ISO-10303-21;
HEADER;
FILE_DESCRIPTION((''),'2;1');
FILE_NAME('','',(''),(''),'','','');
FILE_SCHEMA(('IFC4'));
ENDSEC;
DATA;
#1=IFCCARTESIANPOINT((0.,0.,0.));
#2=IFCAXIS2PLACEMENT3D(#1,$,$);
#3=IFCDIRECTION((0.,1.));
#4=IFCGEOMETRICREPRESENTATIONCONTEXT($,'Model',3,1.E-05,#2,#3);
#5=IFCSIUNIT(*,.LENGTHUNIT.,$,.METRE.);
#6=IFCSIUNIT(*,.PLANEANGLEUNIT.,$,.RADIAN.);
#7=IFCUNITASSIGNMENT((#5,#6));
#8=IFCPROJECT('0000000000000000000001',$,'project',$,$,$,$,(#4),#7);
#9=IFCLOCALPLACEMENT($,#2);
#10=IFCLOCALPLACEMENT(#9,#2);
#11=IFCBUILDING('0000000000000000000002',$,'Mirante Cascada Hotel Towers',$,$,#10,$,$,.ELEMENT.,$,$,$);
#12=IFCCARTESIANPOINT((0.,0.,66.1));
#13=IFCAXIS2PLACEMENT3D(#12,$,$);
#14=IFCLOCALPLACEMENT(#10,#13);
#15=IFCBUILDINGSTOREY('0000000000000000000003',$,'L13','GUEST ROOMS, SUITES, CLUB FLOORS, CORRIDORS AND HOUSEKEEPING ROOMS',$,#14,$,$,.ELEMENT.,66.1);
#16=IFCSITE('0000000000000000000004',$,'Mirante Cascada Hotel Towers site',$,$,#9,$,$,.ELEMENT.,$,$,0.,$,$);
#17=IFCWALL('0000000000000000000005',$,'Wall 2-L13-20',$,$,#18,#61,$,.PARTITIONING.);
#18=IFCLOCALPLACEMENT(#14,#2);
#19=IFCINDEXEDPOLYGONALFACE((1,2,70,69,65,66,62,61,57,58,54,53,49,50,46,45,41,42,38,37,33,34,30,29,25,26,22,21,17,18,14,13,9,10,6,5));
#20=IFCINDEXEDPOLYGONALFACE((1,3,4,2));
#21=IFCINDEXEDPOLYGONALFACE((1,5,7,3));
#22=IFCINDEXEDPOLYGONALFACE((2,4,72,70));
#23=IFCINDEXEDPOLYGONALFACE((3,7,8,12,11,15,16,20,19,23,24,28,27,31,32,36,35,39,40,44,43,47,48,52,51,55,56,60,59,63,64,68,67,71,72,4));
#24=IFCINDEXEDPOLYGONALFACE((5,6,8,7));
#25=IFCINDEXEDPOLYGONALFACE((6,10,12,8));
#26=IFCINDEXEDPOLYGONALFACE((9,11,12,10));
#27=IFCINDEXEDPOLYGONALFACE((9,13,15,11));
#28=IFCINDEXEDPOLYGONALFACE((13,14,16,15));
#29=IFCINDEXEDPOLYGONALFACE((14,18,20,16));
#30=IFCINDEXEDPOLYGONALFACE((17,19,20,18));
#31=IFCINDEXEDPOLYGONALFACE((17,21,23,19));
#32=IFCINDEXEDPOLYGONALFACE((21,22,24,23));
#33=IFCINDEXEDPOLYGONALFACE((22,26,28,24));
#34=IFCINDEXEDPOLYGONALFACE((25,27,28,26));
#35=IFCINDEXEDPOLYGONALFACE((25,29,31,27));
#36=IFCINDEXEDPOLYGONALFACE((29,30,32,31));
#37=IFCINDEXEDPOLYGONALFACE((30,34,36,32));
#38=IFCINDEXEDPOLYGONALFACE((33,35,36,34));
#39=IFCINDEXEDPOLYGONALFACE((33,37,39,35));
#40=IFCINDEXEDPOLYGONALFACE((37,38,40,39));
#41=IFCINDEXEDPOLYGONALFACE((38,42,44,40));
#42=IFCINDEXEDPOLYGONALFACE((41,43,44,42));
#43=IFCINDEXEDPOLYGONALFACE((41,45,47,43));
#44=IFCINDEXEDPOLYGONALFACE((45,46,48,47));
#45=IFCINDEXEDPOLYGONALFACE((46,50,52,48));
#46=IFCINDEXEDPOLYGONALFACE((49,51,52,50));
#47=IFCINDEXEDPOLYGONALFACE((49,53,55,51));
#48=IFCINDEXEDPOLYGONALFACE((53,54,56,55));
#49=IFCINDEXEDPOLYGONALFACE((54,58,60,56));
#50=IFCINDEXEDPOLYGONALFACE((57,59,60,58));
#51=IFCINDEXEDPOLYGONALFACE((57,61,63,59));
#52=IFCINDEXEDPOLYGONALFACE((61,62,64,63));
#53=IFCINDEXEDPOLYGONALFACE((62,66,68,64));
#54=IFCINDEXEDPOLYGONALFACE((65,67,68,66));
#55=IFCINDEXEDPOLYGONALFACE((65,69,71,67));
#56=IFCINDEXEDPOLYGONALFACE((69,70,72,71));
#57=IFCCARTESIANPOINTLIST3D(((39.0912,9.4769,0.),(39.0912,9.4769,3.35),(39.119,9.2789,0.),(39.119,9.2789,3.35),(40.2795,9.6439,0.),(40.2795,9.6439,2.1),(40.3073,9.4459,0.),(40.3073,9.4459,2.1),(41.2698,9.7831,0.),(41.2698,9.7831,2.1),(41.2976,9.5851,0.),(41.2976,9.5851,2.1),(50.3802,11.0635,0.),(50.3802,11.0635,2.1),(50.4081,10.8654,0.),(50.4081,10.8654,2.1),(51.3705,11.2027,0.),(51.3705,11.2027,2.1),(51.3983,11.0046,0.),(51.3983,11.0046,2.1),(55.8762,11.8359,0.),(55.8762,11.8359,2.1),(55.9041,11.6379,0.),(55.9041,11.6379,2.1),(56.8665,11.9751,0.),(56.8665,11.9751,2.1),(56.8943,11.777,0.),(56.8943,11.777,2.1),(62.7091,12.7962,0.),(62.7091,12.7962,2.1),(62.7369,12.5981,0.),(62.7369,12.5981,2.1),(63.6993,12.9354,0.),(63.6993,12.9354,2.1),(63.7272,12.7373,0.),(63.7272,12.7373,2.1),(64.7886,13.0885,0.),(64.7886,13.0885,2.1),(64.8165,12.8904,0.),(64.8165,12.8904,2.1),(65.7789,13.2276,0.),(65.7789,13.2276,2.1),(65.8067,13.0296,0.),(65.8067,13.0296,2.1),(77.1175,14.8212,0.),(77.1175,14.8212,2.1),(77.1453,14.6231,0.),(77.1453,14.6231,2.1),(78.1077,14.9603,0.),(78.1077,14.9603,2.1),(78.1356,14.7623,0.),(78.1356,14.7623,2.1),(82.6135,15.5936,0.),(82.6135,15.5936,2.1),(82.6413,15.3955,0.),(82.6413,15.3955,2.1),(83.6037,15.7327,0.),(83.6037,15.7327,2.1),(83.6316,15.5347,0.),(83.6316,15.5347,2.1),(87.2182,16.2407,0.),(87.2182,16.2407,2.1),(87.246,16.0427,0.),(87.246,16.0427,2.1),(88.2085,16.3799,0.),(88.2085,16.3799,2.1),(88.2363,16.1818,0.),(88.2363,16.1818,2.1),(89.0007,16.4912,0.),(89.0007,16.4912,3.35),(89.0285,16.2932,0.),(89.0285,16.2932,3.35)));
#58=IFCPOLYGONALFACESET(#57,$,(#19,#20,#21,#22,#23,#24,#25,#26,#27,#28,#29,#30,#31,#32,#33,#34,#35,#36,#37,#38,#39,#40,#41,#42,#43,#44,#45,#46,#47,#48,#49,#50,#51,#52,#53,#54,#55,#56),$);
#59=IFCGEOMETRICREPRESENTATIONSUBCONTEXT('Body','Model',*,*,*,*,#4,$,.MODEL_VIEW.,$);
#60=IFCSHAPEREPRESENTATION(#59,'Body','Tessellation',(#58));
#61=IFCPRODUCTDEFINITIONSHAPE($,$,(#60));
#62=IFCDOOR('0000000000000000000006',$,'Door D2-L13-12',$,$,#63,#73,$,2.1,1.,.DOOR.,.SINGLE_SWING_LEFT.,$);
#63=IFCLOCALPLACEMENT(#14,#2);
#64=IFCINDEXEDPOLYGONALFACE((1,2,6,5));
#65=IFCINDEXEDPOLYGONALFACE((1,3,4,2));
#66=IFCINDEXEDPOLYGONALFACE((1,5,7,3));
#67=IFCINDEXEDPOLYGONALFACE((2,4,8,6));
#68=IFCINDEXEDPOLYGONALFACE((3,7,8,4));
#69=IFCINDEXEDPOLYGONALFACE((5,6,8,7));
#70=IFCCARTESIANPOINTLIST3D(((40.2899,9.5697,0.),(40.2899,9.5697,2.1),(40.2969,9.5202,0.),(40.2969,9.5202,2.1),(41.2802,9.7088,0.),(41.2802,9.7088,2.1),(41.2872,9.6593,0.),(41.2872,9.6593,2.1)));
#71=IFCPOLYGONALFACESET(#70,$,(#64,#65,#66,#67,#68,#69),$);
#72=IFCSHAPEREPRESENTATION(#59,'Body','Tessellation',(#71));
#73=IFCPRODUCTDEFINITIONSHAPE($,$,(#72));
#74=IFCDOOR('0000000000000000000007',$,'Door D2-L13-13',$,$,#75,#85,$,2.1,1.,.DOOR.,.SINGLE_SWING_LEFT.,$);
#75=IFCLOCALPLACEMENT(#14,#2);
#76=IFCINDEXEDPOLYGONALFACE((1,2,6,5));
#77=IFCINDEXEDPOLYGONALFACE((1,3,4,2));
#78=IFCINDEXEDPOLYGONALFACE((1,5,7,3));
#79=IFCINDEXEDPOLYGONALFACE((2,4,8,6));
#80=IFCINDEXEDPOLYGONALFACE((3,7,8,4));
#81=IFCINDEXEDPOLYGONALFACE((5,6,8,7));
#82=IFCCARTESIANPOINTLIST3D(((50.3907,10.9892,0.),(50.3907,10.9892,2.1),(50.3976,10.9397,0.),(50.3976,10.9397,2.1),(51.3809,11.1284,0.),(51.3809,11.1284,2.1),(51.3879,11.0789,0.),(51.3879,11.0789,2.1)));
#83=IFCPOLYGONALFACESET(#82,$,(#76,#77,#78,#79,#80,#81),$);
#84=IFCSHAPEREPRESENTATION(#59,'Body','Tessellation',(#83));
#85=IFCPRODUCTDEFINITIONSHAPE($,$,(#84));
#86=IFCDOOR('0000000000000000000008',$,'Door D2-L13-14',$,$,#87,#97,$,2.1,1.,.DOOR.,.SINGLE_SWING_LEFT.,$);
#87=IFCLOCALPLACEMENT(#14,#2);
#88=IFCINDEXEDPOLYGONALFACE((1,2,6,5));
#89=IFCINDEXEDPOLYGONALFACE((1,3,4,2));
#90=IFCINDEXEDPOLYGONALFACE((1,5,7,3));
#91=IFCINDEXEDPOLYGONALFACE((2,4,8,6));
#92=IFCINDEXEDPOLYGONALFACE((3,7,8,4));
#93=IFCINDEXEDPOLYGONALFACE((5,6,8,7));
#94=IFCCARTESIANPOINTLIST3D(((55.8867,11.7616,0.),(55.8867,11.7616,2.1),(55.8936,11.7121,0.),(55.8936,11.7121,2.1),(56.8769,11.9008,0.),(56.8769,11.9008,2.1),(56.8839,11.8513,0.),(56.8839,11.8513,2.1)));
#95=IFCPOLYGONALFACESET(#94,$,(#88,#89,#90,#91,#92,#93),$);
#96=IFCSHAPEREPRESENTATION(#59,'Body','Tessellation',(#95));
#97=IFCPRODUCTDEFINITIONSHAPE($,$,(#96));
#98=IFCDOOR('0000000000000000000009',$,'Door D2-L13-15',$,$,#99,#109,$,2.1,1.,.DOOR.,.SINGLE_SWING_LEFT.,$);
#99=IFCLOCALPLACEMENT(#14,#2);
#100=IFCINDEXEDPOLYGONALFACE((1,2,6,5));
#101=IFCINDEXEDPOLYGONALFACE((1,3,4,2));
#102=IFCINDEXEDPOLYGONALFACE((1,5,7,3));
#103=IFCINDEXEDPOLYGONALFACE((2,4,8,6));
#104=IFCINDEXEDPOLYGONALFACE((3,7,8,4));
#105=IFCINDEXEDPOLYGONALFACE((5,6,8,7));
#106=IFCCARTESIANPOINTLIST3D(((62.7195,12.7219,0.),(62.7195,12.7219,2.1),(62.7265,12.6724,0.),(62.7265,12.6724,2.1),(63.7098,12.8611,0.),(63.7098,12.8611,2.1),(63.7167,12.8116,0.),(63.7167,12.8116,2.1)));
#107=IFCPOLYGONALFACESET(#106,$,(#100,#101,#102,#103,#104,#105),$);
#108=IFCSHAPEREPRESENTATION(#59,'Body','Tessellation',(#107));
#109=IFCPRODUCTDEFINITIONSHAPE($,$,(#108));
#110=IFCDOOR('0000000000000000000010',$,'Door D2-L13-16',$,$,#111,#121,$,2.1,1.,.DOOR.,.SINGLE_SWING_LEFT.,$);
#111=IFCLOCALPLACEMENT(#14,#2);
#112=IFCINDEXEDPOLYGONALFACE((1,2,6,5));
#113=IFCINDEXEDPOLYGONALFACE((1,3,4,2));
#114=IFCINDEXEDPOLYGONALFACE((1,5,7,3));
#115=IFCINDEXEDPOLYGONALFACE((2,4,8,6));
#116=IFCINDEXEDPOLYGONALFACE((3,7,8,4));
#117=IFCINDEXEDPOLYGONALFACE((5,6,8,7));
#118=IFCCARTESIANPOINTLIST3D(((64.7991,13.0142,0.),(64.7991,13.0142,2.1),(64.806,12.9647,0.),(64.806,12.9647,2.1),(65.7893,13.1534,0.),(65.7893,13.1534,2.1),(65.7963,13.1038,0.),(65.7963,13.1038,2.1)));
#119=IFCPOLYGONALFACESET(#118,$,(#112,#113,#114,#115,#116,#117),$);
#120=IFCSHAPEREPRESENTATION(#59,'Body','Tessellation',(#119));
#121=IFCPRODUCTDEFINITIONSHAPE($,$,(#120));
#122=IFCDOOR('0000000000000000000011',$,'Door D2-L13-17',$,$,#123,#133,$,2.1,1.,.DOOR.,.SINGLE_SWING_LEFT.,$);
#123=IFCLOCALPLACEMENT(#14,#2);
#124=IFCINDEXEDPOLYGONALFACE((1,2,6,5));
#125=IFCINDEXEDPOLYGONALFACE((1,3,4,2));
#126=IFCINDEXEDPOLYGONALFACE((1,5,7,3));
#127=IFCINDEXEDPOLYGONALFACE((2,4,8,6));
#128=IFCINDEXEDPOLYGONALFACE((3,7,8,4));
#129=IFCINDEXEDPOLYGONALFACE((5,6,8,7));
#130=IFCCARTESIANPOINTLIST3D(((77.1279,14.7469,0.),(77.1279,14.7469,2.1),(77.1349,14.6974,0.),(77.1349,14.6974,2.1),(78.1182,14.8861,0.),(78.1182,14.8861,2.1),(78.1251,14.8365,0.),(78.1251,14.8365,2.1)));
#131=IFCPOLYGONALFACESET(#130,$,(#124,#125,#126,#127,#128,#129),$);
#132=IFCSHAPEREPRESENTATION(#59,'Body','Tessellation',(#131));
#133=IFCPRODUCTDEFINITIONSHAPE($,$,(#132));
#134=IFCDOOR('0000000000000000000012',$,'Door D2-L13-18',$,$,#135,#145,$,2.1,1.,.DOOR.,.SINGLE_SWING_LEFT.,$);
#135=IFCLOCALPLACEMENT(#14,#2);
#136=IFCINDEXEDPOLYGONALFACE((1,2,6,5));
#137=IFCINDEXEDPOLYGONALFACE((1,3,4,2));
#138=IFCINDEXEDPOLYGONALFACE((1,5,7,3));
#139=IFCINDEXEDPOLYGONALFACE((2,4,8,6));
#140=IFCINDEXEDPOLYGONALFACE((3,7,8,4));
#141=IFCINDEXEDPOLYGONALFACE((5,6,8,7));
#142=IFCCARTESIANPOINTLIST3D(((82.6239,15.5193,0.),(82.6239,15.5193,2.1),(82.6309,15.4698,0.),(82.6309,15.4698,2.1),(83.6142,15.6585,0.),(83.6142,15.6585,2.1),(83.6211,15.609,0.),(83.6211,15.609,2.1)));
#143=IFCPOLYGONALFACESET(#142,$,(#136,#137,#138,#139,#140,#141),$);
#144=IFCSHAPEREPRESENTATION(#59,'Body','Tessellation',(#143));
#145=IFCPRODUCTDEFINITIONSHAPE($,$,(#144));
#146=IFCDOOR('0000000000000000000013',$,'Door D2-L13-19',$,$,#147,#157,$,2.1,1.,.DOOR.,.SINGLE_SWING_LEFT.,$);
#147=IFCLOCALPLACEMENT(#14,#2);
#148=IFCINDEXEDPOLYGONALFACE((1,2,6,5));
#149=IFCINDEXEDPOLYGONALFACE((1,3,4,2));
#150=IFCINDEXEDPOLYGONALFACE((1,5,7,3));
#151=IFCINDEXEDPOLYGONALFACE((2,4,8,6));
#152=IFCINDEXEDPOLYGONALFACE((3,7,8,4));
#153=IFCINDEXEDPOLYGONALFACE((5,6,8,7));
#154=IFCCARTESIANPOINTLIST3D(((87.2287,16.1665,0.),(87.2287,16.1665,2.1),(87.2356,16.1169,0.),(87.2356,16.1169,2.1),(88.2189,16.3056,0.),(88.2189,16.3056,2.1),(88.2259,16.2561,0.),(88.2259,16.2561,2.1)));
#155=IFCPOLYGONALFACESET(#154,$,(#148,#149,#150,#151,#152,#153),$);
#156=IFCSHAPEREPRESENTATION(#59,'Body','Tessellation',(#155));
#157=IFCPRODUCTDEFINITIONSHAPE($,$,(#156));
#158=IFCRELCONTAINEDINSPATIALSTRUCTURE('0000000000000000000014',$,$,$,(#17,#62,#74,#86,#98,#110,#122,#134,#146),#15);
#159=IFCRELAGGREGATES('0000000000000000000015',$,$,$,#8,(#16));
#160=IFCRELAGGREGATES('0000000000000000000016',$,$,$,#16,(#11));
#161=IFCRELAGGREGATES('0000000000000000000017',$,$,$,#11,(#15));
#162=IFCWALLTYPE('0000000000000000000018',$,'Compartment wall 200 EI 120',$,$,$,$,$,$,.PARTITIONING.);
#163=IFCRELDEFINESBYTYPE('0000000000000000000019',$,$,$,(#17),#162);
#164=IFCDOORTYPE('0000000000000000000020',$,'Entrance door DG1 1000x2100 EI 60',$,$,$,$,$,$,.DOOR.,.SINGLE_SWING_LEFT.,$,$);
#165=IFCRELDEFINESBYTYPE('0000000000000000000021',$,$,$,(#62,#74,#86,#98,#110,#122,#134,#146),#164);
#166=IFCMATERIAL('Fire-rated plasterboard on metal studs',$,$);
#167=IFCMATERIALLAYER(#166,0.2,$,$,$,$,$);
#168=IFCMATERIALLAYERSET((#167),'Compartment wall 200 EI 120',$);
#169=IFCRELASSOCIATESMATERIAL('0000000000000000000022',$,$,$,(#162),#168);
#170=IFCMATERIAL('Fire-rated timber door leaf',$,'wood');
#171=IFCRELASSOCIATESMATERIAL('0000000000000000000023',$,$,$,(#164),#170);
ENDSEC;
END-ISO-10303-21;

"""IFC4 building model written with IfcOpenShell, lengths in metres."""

from ifc_helpers import new_model, si_unit, direction, frame, frame_2d, origin, place, context, subcontext, project, spatial, rectangle, extrude, material, layer, layer_set, type_object, element, fill, save


model = new_model("IFC4")

# Units and contexts
model_context = context("Model", 3, precision=1e-05, world=origin(), true_north=direction((0.0, 1.0)))
body_context = subcontext(model_context, "Body", "Model", "MODEL_VIEW")
ifc_project = project(units=[si_unit("LENGTHUNIT", "METRE"), si_unit("PLANEANGLEUNIT", "RADIAN")], contexts=[model_context])

# Site, building, storey
site_placement = place(None, origin())
site = spatial("IfcSite", under=ifc_project, at=site_placement, Name="Mirante Cascada Hotel Towers site", CompositionType="ELEMENT", RefElevation=0.0)
building_placement = place(site_placement, origin())
building = spatial("IfcBuilding", under=site, at=building_placement, Name="Mirante Cascada Hotel Towers", CompositionType="ELEMENT")
storey_placement = place(building_placement, frame((0.0, 0.0, 66.1)))
storey = spatial("IfcBuildingStorey", under=building, at=storey_placement, Name="L13", Description="GUEST ROOMS, SUITES, CLUB FLOORS, CORRIDORS AND HOUSEKEEPING ROOMS", CompositionType="ELEMENT", Elevation=66.1)

# Wall, openings, doors
ifc_material_1 = material(Name="Fire-rated plasterboard on metal studs")
ifc_layer_1 = layer(ifc_material_1, 0.2)
ifc_layer_set_1 = layer_set([ifc_layer_1], Name="Compartment wall 200 EI 120")
wall_type_1 = type_object("IfcWallType", Name="Compartment wall 200 EI 120", PredefinedType="PARTITIONING", material=ifc_layer_set_1)
wall_1_placement = place(storey_placement, frame((39.1051, 9.3779, 0.0), z_axis=(0.0, 0.0, 1.0), x_axis=(0.990268, 0.139173, 0.0)))
wall_1 = element("IfcWall", 1, at=wall_1_placement, inside=storey, type_object=wall_type_1, Name="Wall 2-L13-20", PredefinedType="PARTITIONING", context=body_context, shape_type="SweptSolid", body=[
    extrude(rectangle(XDim=50.4, YDim=0.2, at=frame_2d((25.2, 0.0))), origin(), (0.0, 0.0, 1.0), 3.35),
])
opening_1_placement = place(wall_1_placement, frame((1.2, 0.0, 0.0)))
opening_1 = element("IfcOpeningElement", 2, at=opening_1_placement, cuts=wall_1, PredefinedType="OPENING", context=body_context, shape_type="SweptSolid", body=[
    extrude(rectangle(XDim=1.0, YDim=2.1, at=frame_2d((0.5, 1.05))), frame((0.0, 0.1, 0.0), z_axis=(0.0, -1.0, 0.0), x_axis=(1.0, 0.0, 0.0)), (0.0, 0.0, 1.0), 0.2),
])
opening_2_placement = place(wall_1_placement, frame((11.4, 0.0, 0.0)))
opening_2 = element("IfcOpeningElement", 3, at=opening_2_placement, cuts=wall_1, PredefinedType="OPENING", context=body_context, shape_type="SweptSolid", body=[
    extrude(rectangle(XDim=1.0, YDim=2.1, at=frame_2d((0.5, 1.05))), frame((0.0, 0.1, 0.0), z_axis=(0.0, -1.0, 0.0), x_axis=(1.0, 0.0, 0.0)), (0.0, 0.0, 1.0), 0.2),
])
opening_3_placement = place(wall_1_placement, frame((16.95, 0.0, 0.0)))
opening_3 = element("IfcOpeningElement", 4, at=opening_3_placement, cuts=wall_1, PredefinedType="OPENING", context=body_context, shape_type="SweptSolid", body=[
    extrude(rectangle(XDim=1.0, YDim=2.1, at=frame_2d((0.5, 1.05))), frame((0.0, 0.1, 0.0), z_axis=(0.0, -1.0, 0.0), x_axis=(1.0, 0.0, 0.0)), (0.0, 0.0, 1.0), 0.2),
])
opening_4_placement = place(wall_1_placement, frame((23.85, 0.0, 0.0)))
opening_4 = element("IfcOpeningElement", 5, at=opening_4_placement, cuts=wall_1, PredefinedType="OPENING", context=body_context, shape_type="SweptSolid", body=[
    extrude(rectangle(XDim=1.0, YDim=2.1, at=frame_2d((0.5, 1.05))), frame((0.0, 0.1, 0.0), z_axis=(0.0, -1.0, 0.0), x_axis=(1.0, 0.0, 0.0)), (0.0, 0.0, 1.0), 0.2),
])
opening_5_placement = place(wall_1_placement, frame((25.95, 0.0, 0.0)))
opening_5 = element("IfcOpeningElement", 6, at=opening_5_placement, cuts=wall_1, PredefinedType="OPENING", context=body_context, shape_type="SweptSolid", body=[
    extrude(rectangle(XDim=1.0, YDim=2.1, at=frame_2d((0.5, 1.05))), frame((0.0, 0.1, 0.0), z_axis=(0.0, -1.0, 0.0), x_axis=(1.0, 0.0, 0.0)), (0.0, 0.0, 1.0), 0.2),
])
opening_6_placement = place(wall_1_placement, frame((38.4, 0.0, 0.0)))
opening_6 = element("IfcOpeningElement", 7, at=opening_6_placement, cuts=wall_1, PredefinedType="OPENING", context=body_context, shape_type="SweptSolid", body=[
    extrude(rectangle(XDim=1.0, YDim=2.1, at=frame_2d((0.5, 1.05))), frame((0.0, 0.1, 0.0), z_axis=(0.0, -1.0, 0.0), x_axis=(1.0, 0.0, 0.0)), (0.0, 0.0, 1.0), 0.2),
])
opening_7_placement = place(wall_1_placement, frame((43.95, 0.0, 0.0)))
opening_7 = element("IfcOpeningElement", 8, at=opening_7_placement, cuts=wall_1, PredefinedType="OPENING", context=body_context, shape_type="SweptSolid", body=[
    extrude(rectangle(XDim=1.0, YDim=2.1, at=frame_2d((0.5, 1.05))), frame((0.0, 0.1, 0.0), z_axis=(0.0, -1.0, 0.0), x_axis=(1.0, 0.0, 0.0)), (0.0, 0.0, 1.0), 0.2),
])
opening_8_placement = place(wall_1_placement, frame((48.6, 0.0, 0.0)))
opening_8 = element("IfcOpeningElement", 9, at=opening_8_placement, cuts=wall_1, PredefinedType="OPENING", context=body_context, shape_type="SweptSolid", body=[
    extrude(rectangle(XDim=1.0, YDim=2.1, at=frame_2d((0.5, 1.05))), frame((0.0, 0.1, 0.0), z_axis=(0.0, -1.0, 0.0), x_axis=(1.0, 0.0, 0.0)), (0.0, 0.0, 1.0), 0.2),
])
ifc_material_2 = material(Name="Fire-rated timber door leaf", Category="wood")
door_type_1 = type_object("IfcDoorType", Name="Entrance door DG1 1000x2100 EI 60", OperationType="SINGLE_SWING_LEFT", PredefinedType="DOOR", material=ifc_material_2)
door_1_placement = place(opening_1_placement, origin())
door_1 = element("IfcDoor", 10, at=door_1_placement, inside=storey, type_object=door_type_1, Name="Door D2-L13-12", OperationType="SINGLE_SWING_LEFT", OverallHeight=2.1, OverallWidth=1.0, PredefinedType="DOOR", context=body_context, shape_type="SweptSolid", body=[
    extrude(rectangle(XDim=1.0, YDim=2.1, at=frame_2d((0.5, 1.05))), frame((0.0, 0.025, 0.0), z_axis=(0.0, -1.0, 0.0), x_axis=(1.0, 0.0, 0.0)), (0.0, 0.0, 1.0), 0.05),
])
fill(opening_1, door_1)
door_2_placement = place(opening_2_placement, origin())
door_2 = element("IfcDoor", 11, at=door_2_placement, inside=storey, type_object=door_type_1, Name="Door D2-L13-13", OperationType="SINGLE_SWING_LEFT", OverallHeight=2.1, OverallWidth=1.0, PredefinedType="DOOR", context=body_context, shape_type="SweptSolid", body=[
    extrude(rectangle(XDim=1.0, YDim=2.1, at=frame_2d((0.5, 1.05))), frame((0.0, 0.025, 0.0), z_axis=(0.0, -1.0, 0.0), x_axis=(1.0, 0.0, 0.0)), (0.0, 0.0, 1.0), 0.05),
])
fill(opening_2, door_2)
door_3_placement = place(opening_3_placement, origin())
door_3 = element("IfcDoor", 12, at=door_3_placement, inside=storey, type_object=door_type_1, Name="Door D2-L13-14", OperationType="SINGLE_SWING_LEFT", OverallHeight=2.1, OverallWidth=1.0, PredefinedType="DOOR", context=body_context, shape_type="SweptSolid", body=[
    extrude(rectangle(XDim=1.0, YDim=2.1, at=frame_2d((0.5, 1.05))), frame((0.0, 0.025, 0.0), z_axis=(0.0, -1.0, 0.0), x_axis=(1.0, 0.0, 0.0)), (0.0, 0.0, 1.0), 0.05),
])
fill(opening_3, door_3)
door_4_placement = place(opening_4_placement, origin())
door_4 = element("IfcDoor", 13, at=door_4_placement, inside=storey, type_object=door_type_1, Name="Door D2-L13-15", OperationType="SINGLE_SWING_LEFT", OverallHeight=2.1, OverallWidth=1.0, PredefinedType="DOOR", context=body_context, shape_type="SweptSolid", body=[
    extrude(rectangle(XDim=1.0, YDim=2.1, at=frame_2d((0.5, 1.05))), frame((0.0, 0.025, 0.0), z_axis=(0.0, -1.0, 0.0), x_axis=(1.0, 0.0, 0.0)), (0.0, 0.0, 1.0), 0.05),
])
fill(opening_4, door_4)
door_5_placement = place(opening_5_placement, origin())
door_5 = element("IfcDoor", 14, at=door_5_placement, inside=storey, type_object=door_type_1, Name="Door D2-L13-16", OperationType="SINGLE_SWING_LEFT", OverallHeight=2.1, OverallWidth=1.0, PredefinedType="DOOR", context=body_context, shape_type="SweptSolid", body=[
    extrude(rectangle(XDim=1.0, YDim=2.1, at=frame_2d((0.5, 1.05))), frame((0.0, 0.025, 0.0), z_axis=(0.0, -1.0, 0.0), x_axis=(1.0, 0.0, 0.0)), (0.0, 0.0, 1.0), 0.05),
])
fill(opening_5, door_5)
door_6_placement = place(opening_6_placement, origin())
door_6 = element("IfcDoor", 15, at=door_6_placement, inside=storey, type_object=door_type_1, Name="Door D2-L13-17", OperationType="SINGLE_SWING_LEFT", OverallHeight=2.1, OverallWidth=1.0, PredefinedType="DOOR", context=body_context, shape_type="SweptSolid", body=[
    extrude(rectangle(XDim=1.0, YDim=2.1, at=frame_2d((0.5, 1.05))), frame((0.0, 0.025, 0.0), z_axis=(0.0, -1.0, 0.0), x_axis=(1.0, 0.0, 0.0)), (0.0, 0.0, 1.0), 0.05),
])
fill(opening_6, door_6)
door_7_placement = place(opening_7_placement, origin())
door_7 = element("IfcDoor", 16, at=door_7_placement, inside=storey, type_object=door_type_1, Name="Door D2-L13-18", OperationType="SINGLE_SWING_LEFT", OverallHeight=2.1, OverallWidth=1.0, PredefinedType="DOOR", context=body_context, shape_type="SweptSolid", body=[
    extrude(rectangle(XDim=1.0, YDim=2.1, at=frame_2d((0.5, 1.05))), frame((0.0, 0.025, 0.0), z_axis=(0.0, -1.0, 0.0), x_axis=(1.0, 0.0, 0.0)), (0.0, 0.0, 1.0), 0.05),
])
fill(opening_7, door_7)
door_8_placement = place(opening_8_placement, origin())
door_8 = element("IfcDoor", 17, at=door_8_placement, inside=storey, type_object=door_type_1, Name="Door D2-L13-19", OperationType="SINGLE_SWING_LEFT", OverallHeight=2.1, OverallWidth=1.0, PredefinedType="DOOR", context=body_context, shape_type="SweptSolid", body=[
    extrude(rectangle(XDim=1.0, YDim=2.1, at=frame_2d((0.5, 1.05))), frame((0.0, 0.025, 0.0), z_axis=(0.0, -1.0, 0.0), x_axis=(1.0, 0.0, 0.0)), (0.0, 0.0, 1.0), 0.05),
])
fill(opening_8, door_8)

save(model, "model.ifc")
